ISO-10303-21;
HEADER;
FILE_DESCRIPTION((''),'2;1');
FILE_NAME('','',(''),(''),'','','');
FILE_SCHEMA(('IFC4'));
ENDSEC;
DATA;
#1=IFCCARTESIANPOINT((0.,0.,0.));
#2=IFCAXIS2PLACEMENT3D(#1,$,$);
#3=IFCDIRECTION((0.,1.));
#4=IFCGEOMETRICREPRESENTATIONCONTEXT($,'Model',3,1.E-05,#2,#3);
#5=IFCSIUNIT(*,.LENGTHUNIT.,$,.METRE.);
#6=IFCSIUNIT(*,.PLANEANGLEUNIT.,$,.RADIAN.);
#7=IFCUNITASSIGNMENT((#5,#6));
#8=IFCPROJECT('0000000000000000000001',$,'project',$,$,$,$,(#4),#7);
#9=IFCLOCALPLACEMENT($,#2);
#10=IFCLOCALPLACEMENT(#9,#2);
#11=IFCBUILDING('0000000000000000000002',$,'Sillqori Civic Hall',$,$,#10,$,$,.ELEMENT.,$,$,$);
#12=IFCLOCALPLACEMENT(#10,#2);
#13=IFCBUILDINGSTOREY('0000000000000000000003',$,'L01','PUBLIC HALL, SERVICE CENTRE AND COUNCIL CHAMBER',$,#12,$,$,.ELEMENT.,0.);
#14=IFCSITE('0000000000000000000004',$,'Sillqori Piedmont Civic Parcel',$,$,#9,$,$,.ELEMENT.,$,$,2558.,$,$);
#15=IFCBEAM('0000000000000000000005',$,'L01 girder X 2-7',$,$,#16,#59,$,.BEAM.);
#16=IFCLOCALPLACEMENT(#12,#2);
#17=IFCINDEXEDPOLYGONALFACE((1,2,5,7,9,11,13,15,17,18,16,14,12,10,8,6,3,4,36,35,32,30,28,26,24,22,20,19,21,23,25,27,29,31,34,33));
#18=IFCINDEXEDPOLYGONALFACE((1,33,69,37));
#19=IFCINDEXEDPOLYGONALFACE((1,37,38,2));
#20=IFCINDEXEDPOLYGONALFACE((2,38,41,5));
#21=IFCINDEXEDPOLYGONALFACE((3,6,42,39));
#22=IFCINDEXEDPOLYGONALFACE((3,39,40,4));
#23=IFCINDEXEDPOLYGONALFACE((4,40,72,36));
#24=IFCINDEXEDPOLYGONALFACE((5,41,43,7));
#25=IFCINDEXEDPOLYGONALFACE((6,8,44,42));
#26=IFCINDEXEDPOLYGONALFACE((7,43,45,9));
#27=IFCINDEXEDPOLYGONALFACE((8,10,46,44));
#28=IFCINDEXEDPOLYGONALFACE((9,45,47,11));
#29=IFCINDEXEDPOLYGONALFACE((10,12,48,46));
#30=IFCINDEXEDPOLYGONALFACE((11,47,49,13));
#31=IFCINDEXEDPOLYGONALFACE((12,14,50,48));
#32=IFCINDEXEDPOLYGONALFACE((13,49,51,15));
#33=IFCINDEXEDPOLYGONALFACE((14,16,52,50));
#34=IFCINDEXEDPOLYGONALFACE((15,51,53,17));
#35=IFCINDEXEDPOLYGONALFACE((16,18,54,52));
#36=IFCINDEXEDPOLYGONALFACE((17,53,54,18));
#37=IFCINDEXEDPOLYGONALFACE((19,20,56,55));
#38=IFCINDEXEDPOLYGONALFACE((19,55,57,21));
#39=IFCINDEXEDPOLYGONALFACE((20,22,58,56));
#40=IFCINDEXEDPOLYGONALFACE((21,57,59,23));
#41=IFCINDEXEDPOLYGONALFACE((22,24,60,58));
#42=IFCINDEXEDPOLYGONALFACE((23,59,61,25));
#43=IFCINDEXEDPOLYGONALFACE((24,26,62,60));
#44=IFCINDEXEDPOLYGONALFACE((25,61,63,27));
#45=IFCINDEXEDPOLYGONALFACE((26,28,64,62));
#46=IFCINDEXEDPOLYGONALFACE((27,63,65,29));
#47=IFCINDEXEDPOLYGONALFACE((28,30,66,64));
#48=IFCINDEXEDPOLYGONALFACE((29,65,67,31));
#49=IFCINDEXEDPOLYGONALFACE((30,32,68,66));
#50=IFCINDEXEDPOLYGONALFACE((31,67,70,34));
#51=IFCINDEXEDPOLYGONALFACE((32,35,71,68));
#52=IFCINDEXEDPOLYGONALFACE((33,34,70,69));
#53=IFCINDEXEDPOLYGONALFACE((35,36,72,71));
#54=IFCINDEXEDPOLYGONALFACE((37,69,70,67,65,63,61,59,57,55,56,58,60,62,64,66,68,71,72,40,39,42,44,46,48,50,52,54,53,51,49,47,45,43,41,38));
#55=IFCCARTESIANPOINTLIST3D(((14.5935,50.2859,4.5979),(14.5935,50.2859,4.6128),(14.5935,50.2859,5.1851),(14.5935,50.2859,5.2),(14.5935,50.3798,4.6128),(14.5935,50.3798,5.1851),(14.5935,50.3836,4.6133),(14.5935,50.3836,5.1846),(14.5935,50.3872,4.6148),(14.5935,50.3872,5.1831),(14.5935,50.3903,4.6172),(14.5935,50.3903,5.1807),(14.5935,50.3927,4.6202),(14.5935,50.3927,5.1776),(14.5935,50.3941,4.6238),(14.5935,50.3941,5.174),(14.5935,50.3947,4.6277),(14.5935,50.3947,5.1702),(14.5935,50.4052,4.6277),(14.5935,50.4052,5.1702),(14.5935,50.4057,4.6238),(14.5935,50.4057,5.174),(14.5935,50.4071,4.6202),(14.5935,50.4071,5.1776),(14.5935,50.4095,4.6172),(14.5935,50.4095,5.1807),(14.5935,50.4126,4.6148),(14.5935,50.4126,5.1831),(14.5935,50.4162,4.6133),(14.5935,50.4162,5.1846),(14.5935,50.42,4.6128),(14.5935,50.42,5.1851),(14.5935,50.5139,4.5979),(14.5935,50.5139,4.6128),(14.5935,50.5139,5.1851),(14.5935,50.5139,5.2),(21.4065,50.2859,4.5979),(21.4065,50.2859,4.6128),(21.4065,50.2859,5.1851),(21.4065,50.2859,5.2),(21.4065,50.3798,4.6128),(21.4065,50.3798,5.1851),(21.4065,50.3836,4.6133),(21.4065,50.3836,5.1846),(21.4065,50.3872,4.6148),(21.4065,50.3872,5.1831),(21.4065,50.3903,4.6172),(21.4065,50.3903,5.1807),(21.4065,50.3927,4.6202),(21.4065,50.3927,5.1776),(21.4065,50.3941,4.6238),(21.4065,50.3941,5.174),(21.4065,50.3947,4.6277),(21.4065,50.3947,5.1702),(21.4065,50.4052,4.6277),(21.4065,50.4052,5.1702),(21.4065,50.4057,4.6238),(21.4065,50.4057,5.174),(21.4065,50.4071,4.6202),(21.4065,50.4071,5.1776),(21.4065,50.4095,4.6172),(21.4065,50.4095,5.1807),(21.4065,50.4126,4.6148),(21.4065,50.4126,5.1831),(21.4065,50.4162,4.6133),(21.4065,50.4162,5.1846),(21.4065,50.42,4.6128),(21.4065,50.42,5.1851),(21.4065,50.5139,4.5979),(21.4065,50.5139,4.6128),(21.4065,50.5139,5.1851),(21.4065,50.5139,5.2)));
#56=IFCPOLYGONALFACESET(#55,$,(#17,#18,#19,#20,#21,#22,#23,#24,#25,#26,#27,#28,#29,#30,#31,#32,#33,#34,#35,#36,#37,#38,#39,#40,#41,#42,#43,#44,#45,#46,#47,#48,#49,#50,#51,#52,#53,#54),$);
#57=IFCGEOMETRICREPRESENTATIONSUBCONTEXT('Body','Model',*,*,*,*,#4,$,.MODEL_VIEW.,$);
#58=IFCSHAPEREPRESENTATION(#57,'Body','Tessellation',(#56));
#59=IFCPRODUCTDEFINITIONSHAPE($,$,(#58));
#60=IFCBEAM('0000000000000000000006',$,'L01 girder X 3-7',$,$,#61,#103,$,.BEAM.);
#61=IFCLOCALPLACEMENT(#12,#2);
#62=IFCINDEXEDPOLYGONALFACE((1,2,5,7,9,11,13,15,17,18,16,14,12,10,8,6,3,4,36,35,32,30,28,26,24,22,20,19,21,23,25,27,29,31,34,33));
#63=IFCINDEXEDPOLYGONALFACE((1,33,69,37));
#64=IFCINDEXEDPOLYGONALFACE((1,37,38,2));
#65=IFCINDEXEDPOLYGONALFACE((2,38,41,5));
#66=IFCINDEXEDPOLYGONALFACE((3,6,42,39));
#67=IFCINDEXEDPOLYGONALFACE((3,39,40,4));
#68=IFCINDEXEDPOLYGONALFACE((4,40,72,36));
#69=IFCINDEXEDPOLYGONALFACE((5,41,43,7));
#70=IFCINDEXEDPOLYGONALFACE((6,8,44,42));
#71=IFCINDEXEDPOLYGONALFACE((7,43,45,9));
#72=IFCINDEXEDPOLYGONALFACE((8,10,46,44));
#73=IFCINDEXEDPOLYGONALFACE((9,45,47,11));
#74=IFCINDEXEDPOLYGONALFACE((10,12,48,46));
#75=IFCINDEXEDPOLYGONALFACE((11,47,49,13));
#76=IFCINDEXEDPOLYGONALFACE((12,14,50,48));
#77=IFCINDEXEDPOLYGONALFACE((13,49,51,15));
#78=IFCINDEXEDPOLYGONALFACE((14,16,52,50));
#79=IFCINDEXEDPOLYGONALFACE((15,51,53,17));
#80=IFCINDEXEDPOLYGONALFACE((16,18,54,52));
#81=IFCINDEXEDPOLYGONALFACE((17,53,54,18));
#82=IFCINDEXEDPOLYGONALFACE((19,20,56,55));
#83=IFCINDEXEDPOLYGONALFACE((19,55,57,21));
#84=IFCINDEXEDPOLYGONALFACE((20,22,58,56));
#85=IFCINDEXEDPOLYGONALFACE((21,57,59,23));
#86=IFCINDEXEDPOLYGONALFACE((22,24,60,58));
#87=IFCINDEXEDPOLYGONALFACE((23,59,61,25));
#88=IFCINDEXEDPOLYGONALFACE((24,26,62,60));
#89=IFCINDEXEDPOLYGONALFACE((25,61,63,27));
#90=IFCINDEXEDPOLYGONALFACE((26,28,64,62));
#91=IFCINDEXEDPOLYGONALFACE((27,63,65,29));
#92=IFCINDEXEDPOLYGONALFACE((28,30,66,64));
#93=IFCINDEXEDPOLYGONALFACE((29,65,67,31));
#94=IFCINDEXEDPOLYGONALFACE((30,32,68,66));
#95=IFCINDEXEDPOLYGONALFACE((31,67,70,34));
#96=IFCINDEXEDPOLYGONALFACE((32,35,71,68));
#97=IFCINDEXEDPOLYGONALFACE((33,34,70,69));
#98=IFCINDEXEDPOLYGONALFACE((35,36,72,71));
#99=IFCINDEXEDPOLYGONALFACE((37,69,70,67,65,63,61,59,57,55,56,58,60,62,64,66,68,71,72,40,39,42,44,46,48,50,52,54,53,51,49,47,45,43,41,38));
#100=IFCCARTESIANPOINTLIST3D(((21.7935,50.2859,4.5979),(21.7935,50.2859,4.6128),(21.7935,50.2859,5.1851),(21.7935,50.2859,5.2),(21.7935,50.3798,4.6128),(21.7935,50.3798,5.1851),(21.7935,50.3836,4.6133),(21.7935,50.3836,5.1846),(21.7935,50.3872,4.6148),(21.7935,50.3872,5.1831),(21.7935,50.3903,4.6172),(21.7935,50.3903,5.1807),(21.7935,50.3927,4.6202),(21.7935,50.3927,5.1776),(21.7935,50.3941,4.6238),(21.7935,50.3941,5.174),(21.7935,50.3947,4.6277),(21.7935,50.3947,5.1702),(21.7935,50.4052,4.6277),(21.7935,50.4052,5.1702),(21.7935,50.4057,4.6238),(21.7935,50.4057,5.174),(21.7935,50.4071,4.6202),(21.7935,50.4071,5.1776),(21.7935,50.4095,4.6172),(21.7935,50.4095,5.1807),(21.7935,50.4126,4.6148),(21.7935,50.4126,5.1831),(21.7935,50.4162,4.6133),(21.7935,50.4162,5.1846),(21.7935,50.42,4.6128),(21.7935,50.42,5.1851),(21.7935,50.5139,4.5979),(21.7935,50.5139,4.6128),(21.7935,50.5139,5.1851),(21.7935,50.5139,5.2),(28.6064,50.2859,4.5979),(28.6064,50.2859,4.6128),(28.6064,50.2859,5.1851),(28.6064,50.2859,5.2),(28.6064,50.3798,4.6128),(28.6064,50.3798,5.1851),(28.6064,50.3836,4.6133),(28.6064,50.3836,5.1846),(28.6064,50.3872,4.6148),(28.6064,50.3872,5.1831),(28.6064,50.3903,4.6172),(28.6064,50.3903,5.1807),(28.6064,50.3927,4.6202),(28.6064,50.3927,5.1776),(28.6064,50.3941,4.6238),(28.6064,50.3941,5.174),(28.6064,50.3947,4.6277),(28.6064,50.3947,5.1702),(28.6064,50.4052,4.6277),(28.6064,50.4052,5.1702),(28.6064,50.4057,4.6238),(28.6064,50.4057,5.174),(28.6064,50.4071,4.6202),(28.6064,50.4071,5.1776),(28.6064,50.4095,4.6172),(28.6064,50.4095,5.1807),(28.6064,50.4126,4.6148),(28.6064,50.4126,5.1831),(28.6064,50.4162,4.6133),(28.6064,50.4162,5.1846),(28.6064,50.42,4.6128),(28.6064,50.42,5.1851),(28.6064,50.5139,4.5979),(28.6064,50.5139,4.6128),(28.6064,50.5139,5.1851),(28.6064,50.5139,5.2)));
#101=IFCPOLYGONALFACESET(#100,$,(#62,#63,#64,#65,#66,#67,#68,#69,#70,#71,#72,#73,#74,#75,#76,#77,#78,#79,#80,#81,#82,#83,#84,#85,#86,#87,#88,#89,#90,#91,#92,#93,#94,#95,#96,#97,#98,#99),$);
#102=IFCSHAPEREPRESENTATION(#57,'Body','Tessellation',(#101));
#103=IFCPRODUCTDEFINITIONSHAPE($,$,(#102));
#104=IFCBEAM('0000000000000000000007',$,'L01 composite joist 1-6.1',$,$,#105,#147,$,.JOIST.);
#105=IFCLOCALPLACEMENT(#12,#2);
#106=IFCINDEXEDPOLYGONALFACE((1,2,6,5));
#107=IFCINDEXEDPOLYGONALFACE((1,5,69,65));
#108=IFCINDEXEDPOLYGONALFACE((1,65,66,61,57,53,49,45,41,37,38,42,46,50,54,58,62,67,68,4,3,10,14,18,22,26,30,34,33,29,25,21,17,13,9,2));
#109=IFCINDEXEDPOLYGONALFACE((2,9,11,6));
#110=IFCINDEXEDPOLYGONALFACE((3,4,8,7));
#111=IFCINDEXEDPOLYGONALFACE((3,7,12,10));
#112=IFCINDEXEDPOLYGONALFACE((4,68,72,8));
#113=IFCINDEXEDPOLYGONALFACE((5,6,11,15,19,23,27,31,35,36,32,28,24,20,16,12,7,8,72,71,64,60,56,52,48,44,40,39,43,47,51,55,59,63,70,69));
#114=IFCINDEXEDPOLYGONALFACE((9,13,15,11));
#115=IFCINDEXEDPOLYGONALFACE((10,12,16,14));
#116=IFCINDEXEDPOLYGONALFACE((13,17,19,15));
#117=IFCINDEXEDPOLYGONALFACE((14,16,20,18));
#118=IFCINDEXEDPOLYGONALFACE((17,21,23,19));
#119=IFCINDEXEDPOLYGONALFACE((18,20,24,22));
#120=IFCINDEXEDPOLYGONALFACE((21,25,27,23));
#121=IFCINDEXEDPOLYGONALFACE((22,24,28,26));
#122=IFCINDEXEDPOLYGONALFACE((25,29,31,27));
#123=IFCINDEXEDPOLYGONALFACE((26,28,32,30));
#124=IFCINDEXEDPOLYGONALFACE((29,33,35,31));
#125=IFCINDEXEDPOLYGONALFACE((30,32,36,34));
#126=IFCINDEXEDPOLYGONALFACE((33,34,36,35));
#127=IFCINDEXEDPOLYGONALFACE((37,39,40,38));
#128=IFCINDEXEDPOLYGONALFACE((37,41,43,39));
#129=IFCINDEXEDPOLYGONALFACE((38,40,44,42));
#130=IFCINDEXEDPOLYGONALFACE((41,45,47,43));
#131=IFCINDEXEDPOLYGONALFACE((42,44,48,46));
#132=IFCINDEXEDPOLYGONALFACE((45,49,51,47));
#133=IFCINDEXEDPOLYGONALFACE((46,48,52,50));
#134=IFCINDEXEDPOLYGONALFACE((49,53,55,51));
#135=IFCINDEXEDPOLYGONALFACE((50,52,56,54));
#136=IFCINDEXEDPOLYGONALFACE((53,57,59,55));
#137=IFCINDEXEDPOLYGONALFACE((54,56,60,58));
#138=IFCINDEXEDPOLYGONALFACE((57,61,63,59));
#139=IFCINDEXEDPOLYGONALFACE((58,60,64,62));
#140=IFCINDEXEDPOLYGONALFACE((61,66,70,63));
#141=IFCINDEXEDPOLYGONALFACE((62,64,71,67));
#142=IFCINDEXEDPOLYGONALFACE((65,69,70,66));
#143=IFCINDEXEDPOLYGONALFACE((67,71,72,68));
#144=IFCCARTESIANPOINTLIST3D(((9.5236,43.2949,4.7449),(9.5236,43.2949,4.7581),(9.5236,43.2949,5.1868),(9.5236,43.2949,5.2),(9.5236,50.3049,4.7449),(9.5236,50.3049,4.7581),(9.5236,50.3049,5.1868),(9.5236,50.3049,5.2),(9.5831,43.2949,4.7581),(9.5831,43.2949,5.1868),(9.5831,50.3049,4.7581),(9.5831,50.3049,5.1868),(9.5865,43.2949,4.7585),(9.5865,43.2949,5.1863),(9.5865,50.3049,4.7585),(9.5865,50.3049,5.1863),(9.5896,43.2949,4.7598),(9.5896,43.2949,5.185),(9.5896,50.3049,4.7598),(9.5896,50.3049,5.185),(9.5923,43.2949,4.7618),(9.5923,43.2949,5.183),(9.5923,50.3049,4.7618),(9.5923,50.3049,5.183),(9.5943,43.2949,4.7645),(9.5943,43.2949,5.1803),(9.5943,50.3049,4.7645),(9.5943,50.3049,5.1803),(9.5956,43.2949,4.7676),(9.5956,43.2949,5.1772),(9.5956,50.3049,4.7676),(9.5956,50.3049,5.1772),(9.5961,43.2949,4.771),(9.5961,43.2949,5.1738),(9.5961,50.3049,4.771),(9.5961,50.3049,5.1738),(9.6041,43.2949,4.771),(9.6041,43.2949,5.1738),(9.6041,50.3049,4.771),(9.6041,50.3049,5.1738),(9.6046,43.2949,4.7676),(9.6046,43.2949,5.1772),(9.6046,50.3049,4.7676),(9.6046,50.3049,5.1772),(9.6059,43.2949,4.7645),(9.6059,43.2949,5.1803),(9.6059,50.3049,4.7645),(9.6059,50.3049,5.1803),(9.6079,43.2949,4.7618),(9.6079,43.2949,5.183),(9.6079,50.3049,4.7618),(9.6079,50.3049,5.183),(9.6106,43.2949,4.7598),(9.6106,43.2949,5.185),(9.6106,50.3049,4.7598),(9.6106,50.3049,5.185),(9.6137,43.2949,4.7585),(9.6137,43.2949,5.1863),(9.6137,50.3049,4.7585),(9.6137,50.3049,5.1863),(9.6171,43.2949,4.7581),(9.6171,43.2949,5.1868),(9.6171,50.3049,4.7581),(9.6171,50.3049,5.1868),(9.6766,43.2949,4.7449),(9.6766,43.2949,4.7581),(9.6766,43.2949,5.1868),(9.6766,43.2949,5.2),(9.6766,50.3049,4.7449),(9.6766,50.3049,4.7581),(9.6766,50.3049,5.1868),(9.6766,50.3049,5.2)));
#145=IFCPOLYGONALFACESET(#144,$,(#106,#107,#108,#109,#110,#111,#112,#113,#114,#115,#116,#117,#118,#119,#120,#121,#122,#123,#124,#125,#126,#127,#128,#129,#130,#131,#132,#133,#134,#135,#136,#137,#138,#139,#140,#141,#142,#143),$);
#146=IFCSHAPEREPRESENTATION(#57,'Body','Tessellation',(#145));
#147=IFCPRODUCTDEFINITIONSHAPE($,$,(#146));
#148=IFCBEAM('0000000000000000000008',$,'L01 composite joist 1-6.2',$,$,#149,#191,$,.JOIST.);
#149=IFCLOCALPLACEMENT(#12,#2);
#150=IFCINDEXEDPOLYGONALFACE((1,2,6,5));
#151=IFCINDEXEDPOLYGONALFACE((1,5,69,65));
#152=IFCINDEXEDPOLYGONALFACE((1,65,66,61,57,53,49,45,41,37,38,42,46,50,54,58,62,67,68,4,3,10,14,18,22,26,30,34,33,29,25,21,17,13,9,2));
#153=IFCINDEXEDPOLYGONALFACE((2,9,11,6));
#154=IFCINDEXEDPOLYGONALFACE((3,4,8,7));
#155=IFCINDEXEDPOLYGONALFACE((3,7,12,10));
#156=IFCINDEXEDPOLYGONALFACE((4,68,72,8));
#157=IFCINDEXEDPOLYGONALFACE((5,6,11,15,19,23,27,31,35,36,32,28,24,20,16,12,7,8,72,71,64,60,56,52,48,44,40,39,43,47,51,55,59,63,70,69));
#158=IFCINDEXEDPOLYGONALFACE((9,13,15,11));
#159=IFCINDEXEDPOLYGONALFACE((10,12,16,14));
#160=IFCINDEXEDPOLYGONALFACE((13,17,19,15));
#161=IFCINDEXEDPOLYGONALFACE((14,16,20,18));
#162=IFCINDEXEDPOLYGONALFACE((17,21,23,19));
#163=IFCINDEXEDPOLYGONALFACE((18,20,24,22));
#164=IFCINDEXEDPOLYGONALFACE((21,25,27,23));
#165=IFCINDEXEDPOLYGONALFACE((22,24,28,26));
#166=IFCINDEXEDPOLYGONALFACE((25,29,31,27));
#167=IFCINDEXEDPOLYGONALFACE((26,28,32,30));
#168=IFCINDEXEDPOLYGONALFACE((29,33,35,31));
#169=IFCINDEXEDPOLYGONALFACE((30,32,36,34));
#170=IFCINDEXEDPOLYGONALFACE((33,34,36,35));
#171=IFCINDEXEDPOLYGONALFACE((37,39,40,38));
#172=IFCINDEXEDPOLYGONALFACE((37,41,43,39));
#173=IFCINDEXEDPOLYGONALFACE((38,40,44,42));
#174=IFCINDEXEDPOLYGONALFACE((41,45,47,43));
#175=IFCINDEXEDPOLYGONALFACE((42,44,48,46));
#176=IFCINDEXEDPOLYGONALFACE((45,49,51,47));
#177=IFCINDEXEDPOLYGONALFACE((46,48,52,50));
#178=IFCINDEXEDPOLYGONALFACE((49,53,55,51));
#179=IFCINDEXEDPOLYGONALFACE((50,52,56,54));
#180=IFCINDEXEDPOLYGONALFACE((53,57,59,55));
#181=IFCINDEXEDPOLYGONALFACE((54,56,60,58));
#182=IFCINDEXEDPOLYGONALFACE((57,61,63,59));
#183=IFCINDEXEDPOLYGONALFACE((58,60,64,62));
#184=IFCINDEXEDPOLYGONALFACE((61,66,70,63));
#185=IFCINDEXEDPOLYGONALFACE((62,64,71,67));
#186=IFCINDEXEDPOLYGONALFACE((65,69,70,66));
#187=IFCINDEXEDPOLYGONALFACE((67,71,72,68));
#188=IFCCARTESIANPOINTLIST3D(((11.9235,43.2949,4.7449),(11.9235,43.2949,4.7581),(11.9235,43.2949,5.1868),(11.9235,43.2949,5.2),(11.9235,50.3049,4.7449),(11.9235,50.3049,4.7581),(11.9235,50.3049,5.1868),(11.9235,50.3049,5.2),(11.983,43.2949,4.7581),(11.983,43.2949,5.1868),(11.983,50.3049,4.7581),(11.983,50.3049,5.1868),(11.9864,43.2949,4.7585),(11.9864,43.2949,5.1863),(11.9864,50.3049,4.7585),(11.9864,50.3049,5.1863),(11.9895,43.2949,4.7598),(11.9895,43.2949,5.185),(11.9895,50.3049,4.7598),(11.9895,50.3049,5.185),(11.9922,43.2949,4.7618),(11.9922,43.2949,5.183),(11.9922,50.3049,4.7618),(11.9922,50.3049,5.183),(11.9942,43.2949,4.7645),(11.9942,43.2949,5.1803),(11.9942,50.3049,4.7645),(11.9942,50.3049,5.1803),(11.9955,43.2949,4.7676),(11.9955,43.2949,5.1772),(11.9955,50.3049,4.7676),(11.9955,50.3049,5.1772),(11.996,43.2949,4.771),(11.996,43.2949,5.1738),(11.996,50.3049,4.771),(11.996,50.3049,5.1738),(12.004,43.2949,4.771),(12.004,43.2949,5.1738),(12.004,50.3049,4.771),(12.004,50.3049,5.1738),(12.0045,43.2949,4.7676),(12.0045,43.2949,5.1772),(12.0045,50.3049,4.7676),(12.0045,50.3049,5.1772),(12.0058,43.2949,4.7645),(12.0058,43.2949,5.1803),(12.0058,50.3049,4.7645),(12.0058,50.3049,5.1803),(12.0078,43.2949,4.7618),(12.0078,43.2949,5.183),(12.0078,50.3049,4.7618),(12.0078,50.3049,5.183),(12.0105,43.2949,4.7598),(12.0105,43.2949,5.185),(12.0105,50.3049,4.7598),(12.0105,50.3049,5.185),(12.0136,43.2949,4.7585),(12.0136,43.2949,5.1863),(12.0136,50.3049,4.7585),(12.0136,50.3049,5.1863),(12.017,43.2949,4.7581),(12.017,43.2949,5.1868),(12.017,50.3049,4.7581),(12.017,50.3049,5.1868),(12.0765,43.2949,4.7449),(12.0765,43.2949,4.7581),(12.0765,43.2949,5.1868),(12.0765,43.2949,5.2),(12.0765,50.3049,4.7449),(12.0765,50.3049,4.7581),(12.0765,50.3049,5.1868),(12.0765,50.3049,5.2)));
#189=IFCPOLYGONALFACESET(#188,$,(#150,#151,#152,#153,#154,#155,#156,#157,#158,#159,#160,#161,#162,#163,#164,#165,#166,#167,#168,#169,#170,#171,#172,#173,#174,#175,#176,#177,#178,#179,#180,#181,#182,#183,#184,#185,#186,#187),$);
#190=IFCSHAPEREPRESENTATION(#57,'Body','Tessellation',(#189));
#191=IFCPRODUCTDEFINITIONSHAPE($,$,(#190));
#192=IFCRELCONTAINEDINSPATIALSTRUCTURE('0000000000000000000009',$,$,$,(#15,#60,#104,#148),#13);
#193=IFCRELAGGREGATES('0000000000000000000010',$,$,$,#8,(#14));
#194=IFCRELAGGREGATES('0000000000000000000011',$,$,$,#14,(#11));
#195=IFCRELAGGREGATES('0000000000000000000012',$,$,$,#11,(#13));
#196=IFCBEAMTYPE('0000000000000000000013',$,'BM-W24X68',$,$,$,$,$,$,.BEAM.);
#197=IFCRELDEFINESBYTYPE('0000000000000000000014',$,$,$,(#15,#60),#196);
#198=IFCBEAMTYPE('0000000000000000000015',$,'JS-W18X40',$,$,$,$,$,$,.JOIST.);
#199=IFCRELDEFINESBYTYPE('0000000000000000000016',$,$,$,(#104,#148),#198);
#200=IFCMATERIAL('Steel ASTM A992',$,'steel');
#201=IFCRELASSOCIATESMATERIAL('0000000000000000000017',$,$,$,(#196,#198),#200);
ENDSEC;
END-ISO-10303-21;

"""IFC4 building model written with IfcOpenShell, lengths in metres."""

from ifc_helpers import new_model, si_unit, direction, frame, origin, origin_2d, place, context, subcontext, project, spatial, i_section, extrude, material, material_profile, profile_set, type_object, element, save


model = new_model("IFC4")

# Units and contexts
model_context = context("Model", 3, precision=1e-05, world=origin(), true_north=direction((0.0, 1.0)))
body_context = subcontext(model_context, "Body", "Model", "MODEL_VIEW")
ifc_project = project(units=[si_unit("LENGTHUNIT", "METRE"), si_unit("PLANEANGLEUNIT", "RADIAN")], contexts=[model_context])

# Site, building, storey
site_placement = place(None, origin())
site = spatial("IfcSite", under=ifc_project, at=site_placement, Name="Sillqori Piedmont Civic Parcel", CompositionType="ELEMENT", RefElevation=2558.0)
building_placement = place(site_placement, origin())
building = spatial("IfcBuilding", under=site, at=building_placement, Name="Sillqori Civic Hall", CompositionType="ELEMENT")
storey_placement = place(building_placement, origin())
storey = spatial("IfcBuildingStorey", under=building, at=storey_placement, Name="L01", Description="PUBLIC HALL, SERVICE CENTRE AND COUNCIL CHAMBER", CompositionType="ELEMENT", Elevation=0.0)

# Shared definitions
ifc_material_1 = material(Name="Steel ASTM A992", Category="steel")

# Beams
ifc_material_profile_1 = material_profile(ifc_material_1, i_section(OverallWidth=0.228, OverallDepth=0.6021, WebThickness=0.0105, FlangeThickness=0.0149, FilletRadius=0.0149, at=origin_2d()), Name="W24X68")
ifc_profile_set_1 = profile_set([ifc_material_profile_1], Name="Steel ASTM A992")
beam_type_1 = type_object("IfcBeamType", Name="BM-W24X68", PredefinedType="BEAM", material=ifc_profile_set_1)
for number, where, z_axis, x_axis, name in (
    (1, (14.5935, 50.3999, 4.8989), (1.0, 0.0, 0.0), (0.0, 1.0, 0.0), "L01 girder X 2-7"),
    (2, (21.7935, 50.3999, 4.8989), (1.0, 0.0, 0.0), (0.0, 1.0, 0.0), "L01 girder X 3-7"),
):
    element("IfcBeam", number, at=place(storey_placement, frame(where, z_axis=z_axis, x_axis=x_axis)), inside=storey, type_object=beam_type_1, Name=name, PredefinedType="BEAM", context=body_context, shape_type="SweptSolid", body=[
        extrude(i_section(OverallWidth=0.228, OverallDepth=0.6021, WebThickness=0.0105, FlangeThickness=0.0149, FilletRadius=0.0149, at=origin_2d()), origin(), (0.0, 0.0, 1.0), 6.813),
    ])
ifc_material_profile_2 = material_profile(ifc_material_1, i_section(OverallWidth=0.1531, OverallDepth=0.4551, WebThickness=0.0081, FlangeThickness=0.0132, FilletRadius=0.0129, at=origin_2d()), Name="W18X40")
ifc_profile_set_2 = profile_set([ifc_material_profile_2], Name="Steel ASTM A992")
beam_type_2 = type_object("IfcBeamType", Name="JS-W18X40", PredefinedType="JOIST", material=ifc_profile_set_2)
for number, where, z_axis, x_axis, name in (
    (3, (9.6001, 43.2949, 4.9724), (0.0, 1.0, 0.0), (-1.0, 0.0, 0.0), "L01 composite joist 1-6.1"),
    (4, (12.0, 43.2949, 4.9724), (0.0, 1.0, 0.0), (-1.0, 0.0, 0.0), "L01 composite joist 1-6.2"),
):
    element("IfcBeam", number, at=place(storey_placement, frame(where, z_axis=z_axis, x_axis=x_axis)), inside=storey, type_object=beam_type_2, Name=name, PredefinedType="JOIST", context=body_context, shape_type="SweptSolid", body=[
        extrude(i_section(OverallWidth=0.1531, OverallDepth=0.4551, WebThickness=0.0081, FlangeThickness=0.0132, FilletRadius=0.0129, at=origin_2d()), origin(), (0.0, 0.0, 1.0), 7.01),
    ])

save(model, "model.ifc")
